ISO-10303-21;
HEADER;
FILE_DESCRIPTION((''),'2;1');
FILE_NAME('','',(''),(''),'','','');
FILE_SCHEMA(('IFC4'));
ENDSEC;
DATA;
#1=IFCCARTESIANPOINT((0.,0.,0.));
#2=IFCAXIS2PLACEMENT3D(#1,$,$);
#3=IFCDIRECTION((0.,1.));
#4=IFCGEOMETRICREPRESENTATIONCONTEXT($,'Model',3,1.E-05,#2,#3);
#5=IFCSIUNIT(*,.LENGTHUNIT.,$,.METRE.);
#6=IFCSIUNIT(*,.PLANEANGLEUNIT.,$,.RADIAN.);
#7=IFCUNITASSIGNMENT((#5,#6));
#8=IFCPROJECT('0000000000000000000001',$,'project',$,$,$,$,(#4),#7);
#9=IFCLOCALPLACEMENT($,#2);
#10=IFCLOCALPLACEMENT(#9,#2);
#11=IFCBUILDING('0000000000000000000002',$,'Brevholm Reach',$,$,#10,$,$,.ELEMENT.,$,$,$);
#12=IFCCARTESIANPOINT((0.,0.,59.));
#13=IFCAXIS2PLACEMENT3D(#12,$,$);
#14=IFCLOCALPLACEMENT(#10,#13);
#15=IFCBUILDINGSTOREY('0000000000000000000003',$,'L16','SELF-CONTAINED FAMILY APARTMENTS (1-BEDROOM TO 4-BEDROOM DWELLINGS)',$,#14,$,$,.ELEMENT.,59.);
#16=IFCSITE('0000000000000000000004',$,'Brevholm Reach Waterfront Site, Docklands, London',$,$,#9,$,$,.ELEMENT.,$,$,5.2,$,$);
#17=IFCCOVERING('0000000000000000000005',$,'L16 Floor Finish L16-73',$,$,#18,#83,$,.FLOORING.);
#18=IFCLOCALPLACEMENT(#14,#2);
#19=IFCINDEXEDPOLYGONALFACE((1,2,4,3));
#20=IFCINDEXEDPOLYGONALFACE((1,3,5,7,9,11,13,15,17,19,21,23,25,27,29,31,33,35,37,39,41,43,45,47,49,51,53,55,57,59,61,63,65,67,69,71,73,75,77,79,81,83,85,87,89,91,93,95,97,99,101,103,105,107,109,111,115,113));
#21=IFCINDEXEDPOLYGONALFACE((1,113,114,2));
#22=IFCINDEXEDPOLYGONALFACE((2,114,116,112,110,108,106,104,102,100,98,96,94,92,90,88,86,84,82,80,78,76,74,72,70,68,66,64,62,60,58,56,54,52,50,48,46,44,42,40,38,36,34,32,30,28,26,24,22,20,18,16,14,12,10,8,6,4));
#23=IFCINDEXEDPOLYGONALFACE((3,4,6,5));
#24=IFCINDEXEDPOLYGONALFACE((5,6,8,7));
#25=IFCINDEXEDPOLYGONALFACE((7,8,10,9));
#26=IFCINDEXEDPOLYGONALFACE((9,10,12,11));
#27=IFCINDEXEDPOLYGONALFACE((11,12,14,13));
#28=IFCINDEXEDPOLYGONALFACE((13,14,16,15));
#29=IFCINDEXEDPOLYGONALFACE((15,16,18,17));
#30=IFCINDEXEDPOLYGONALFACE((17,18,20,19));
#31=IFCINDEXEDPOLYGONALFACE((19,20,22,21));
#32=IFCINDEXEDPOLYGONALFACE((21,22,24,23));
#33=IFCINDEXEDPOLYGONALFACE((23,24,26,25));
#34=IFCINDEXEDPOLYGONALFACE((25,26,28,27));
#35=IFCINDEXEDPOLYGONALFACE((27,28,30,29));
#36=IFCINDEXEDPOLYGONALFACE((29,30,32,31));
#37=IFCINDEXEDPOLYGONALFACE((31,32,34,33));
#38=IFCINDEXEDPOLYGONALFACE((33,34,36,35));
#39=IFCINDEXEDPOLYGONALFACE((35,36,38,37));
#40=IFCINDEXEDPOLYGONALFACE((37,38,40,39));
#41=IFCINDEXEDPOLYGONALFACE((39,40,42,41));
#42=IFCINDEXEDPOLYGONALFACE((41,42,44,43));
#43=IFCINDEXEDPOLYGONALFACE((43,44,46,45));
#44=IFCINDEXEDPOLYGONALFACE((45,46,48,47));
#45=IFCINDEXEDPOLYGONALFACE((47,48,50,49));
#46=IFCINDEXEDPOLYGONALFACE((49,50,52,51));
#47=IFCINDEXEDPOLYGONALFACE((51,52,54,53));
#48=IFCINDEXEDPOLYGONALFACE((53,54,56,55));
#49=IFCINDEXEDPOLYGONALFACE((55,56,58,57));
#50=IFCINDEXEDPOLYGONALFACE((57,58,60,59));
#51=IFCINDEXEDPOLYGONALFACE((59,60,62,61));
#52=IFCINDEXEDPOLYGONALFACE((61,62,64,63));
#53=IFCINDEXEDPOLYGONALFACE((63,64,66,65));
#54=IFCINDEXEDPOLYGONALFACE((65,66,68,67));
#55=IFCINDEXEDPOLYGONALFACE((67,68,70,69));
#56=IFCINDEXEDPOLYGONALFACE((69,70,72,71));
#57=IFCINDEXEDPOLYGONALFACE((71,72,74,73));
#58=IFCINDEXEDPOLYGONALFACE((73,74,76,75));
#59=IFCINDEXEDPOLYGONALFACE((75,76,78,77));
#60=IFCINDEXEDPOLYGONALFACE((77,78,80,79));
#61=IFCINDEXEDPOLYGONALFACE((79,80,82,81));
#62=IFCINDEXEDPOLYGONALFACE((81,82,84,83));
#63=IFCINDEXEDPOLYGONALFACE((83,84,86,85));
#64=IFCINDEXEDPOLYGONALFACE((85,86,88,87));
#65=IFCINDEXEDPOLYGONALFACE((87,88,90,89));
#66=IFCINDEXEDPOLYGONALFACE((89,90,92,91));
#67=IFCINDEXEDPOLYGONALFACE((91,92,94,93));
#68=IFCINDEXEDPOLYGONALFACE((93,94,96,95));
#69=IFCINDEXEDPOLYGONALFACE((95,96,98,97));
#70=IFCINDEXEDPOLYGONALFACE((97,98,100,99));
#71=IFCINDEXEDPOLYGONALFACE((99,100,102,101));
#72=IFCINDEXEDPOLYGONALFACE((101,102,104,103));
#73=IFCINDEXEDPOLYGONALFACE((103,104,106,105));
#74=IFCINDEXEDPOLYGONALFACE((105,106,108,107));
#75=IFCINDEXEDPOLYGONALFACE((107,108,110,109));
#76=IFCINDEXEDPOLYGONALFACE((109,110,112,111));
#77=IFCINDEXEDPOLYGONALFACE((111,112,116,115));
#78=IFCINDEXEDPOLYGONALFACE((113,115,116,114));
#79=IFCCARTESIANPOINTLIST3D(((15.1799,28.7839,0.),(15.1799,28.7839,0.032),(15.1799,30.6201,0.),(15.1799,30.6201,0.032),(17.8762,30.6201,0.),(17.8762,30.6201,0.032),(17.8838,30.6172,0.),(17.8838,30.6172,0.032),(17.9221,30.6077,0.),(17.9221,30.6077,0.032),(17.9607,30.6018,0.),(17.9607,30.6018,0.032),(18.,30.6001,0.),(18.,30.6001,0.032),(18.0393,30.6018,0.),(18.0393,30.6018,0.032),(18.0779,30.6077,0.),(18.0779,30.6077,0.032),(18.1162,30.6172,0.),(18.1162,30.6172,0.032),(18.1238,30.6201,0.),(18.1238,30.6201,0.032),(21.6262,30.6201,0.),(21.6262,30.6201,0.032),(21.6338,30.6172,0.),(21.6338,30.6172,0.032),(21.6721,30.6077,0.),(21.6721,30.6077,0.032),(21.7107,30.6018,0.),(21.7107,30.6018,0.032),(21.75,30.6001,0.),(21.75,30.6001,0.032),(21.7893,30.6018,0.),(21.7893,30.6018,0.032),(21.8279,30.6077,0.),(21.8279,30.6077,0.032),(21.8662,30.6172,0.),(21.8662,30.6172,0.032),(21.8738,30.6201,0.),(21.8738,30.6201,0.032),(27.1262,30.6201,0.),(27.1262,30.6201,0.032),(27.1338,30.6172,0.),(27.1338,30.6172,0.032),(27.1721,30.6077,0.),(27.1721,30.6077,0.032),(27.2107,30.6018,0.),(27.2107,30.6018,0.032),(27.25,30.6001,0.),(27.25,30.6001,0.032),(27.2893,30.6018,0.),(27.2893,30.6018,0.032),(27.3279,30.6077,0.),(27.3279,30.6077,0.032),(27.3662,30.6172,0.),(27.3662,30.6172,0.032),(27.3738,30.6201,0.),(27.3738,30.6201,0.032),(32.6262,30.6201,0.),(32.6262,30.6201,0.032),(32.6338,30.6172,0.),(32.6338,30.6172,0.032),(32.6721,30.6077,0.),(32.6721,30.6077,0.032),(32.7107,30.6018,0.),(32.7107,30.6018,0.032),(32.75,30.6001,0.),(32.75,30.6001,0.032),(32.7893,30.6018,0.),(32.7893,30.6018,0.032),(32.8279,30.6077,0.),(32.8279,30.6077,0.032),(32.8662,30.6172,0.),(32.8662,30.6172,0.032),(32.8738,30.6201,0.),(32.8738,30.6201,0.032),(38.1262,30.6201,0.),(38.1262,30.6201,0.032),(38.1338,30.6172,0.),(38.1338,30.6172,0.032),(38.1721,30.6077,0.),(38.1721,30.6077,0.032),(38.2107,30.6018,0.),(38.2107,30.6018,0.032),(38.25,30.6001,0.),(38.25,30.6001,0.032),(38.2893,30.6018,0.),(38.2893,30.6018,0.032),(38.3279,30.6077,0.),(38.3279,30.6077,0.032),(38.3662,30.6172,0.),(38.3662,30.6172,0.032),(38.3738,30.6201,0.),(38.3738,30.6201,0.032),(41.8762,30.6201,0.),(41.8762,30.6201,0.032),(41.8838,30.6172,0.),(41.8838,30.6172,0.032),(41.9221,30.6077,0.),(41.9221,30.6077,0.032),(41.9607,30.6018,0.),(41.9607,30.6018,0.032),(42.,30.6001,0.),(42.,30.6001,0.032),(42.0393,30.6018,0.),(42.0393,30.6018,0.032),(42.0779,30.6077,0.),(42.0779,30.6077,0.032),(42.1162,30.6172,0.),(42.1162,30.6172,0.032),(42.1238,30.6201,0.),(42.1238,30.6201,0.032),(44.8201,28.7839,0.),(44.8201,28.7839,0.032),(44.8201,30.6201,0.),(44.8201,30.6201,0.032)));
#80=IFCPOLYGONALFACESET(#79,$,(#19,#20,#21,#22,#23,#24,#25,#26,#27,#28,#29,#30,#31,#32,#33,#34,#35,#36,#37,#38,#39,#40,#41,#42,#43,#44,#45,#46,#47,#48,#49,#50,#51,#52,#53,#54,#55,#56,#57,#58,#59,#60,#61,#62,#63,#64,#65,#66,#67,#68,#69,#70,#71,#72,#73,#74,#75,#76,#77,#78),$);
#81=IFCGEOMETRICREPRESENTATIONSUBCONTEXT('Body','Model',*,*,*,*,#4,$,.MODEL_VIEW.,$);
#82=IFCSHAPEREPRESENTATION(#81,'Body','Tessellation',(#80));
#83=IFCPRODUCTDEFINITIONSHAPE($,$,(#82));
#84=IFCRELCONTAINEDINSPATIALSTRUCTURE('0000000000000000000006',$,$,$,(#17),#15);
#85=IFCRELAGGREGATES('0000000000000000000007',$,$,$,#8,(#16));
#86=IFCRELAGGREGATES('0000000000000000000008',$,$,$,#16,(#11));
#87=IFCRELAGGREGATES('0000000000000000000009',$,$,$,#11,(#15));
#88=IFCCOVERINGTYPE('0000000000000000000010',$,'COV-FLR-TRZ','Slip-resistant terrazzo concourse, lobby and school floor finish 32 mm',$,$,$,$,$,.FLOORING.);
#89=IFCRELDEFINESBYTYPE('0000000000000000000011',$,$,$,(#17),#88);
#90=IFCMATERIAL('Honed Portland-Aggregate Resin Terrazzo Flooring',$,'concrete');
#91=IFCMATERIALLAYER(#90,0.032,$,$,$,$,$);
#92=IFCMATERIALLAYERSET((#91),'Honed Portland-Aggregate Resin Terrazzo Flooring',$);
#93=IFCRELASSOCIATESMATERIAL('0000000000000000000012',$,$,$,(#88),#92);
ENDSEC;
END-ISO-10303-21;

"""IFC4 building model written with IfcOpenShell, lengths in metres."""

from ifc_helpers import new_model, si_unit, direction, frame, origin, place, context, subcontext, project, spatial, polyline, outline, extrude, material, layer, layer_set, type_object, element, save


model = new_model("IFC4")

# Units and contexts
model_context = context("Model", 3, precision=1e-05, world=origin(), true_north=direction((0.0, 1.0)))
body_context = subcontext(model_context, "Body", "Model", "MODEL_VIEW")
ifc_project = project(units=[si_unit("LENGTHUNIT", "METRE"), si_unit("PLANEANGLEUNIT", "RADIAN")], contexts=[model_context])

# Site, building, storey
site_placement = place(None, origin())
site = spatial("IfcSite", under=ifc_project, at=site_placement, Name="Brevholm Reach Waterfront Site, Docklands, London", CompositionType="ELEMENT", RefElevation=5.2)
building_placement = place(site_placement, origin())
building = spatial("IfcBuilding", under=site, at=building_placement, Name="Brevholm Reach", CompositionType="ELEMENT")
storey_placement = place(building_placement, frame((0.0, 0.0, 59.0)))
storey = spatial("IfcBuildingStorey", under=building, at=storey_placement, Name="L16", Description="SELF-CONTAINED FAMILY APARTMENTS (1-BEDROOM TO 4-BEDROOM DWELLINGS)", CompositionType="ELEMENT", Elevation=59.0)

# Covering
ifc_material_1 = material(Name="Honed Portland-Aggregate Resin Terrazzo Flooring", Category="concrete")
ifc_layer_1 = layer(ifc_material_1, 0.032)
ifc_layer_set_1 = layer_set([ifc_layer_1], Name="Honed Portland-Aggregate Resin Terrazzo Flooring")
covering_type_1 = type_object("IfcCoveringType", Name="COV-FLR-TRZ", Description="Slip-resistant terrazzo concourse, lobby and school floor finish 32 mm", PredefinedType="FLOORING", material=ifc_layer_set_1)
covering_1_placement = place(storey_placement, origin())
element("IfcCovering", 1, at=covering_1_placement, inside=storey, type_object=covering_type_1, Name="L16 Floor Finish L16-73", PredefinedType="FLOORING", context=body_context, shape_type="SweptSolid", body=[
    extrude(outline(polyline([(15.1799, 30.6201), (17.8762, 30.6201), (17.8838, 30.6172), (17.9221, 30.6077), (17.9607, 30.6018), (18.0, 30.6001), (18.0393, 30.6018), (18.0779, 30.6077), (18.1162, 30.6172), (18.1238, 30.6201), (21.6262, 30.6201), (21.6338, 30.6172), (21.6721, 30.6077), (21.7107, 30.6018), (21.75, 30.6001), (21.7893, 30.6018), (21.8279, 30.6077), (21.8662, 30.6172), (21.8738, 30.6201), (27.1262, 30.6201), (27.1338, 30.6172), (27.1721, 30.6077), (27.2107, 30.6018), (27.25, 30.6001), (27.2893, 30.6018), (27.3279, 30.6077), (27.3662, 30.6172), (27.3738, 30.6201), (32.6262, 30.6201), (32.6338, 30.6172), (32.6721, 30.6077), (32.7107, 30.6018), (32.75, 30.6001), (32.7893, 30.6018), (32.8279, 30.6077), (32.8662, 30.6172), (32.8738, 30.6201), (38.1262, 30.6201), (38.1338, 30.6172), (38.1721, 30.6077), (38.2107, 30.6018), (38.25, 30.6001), (38.2893, 30.6018), (38.3279, 30.6077), (38.3662, 30.6172), (38.3738, 30.6201), (41.8762, 30.6201), (41.8838, 30.6172), (41.9221, 30.6077), (41.9607, 30.6018), (42.0, 30.6001), (42.0393, 30.6018), (42.0779, 30.6077), (42.1162, 30.6172), (42.1238, 30.6201), (44.8201, 30.6201), (44.8201, 28.7839), (15.1799, 28.7839), (15.1799, 30.6201)])), origin(), (0.0, 0.0, 1.0), 0.032),
])

save(model, "model.ifc")
